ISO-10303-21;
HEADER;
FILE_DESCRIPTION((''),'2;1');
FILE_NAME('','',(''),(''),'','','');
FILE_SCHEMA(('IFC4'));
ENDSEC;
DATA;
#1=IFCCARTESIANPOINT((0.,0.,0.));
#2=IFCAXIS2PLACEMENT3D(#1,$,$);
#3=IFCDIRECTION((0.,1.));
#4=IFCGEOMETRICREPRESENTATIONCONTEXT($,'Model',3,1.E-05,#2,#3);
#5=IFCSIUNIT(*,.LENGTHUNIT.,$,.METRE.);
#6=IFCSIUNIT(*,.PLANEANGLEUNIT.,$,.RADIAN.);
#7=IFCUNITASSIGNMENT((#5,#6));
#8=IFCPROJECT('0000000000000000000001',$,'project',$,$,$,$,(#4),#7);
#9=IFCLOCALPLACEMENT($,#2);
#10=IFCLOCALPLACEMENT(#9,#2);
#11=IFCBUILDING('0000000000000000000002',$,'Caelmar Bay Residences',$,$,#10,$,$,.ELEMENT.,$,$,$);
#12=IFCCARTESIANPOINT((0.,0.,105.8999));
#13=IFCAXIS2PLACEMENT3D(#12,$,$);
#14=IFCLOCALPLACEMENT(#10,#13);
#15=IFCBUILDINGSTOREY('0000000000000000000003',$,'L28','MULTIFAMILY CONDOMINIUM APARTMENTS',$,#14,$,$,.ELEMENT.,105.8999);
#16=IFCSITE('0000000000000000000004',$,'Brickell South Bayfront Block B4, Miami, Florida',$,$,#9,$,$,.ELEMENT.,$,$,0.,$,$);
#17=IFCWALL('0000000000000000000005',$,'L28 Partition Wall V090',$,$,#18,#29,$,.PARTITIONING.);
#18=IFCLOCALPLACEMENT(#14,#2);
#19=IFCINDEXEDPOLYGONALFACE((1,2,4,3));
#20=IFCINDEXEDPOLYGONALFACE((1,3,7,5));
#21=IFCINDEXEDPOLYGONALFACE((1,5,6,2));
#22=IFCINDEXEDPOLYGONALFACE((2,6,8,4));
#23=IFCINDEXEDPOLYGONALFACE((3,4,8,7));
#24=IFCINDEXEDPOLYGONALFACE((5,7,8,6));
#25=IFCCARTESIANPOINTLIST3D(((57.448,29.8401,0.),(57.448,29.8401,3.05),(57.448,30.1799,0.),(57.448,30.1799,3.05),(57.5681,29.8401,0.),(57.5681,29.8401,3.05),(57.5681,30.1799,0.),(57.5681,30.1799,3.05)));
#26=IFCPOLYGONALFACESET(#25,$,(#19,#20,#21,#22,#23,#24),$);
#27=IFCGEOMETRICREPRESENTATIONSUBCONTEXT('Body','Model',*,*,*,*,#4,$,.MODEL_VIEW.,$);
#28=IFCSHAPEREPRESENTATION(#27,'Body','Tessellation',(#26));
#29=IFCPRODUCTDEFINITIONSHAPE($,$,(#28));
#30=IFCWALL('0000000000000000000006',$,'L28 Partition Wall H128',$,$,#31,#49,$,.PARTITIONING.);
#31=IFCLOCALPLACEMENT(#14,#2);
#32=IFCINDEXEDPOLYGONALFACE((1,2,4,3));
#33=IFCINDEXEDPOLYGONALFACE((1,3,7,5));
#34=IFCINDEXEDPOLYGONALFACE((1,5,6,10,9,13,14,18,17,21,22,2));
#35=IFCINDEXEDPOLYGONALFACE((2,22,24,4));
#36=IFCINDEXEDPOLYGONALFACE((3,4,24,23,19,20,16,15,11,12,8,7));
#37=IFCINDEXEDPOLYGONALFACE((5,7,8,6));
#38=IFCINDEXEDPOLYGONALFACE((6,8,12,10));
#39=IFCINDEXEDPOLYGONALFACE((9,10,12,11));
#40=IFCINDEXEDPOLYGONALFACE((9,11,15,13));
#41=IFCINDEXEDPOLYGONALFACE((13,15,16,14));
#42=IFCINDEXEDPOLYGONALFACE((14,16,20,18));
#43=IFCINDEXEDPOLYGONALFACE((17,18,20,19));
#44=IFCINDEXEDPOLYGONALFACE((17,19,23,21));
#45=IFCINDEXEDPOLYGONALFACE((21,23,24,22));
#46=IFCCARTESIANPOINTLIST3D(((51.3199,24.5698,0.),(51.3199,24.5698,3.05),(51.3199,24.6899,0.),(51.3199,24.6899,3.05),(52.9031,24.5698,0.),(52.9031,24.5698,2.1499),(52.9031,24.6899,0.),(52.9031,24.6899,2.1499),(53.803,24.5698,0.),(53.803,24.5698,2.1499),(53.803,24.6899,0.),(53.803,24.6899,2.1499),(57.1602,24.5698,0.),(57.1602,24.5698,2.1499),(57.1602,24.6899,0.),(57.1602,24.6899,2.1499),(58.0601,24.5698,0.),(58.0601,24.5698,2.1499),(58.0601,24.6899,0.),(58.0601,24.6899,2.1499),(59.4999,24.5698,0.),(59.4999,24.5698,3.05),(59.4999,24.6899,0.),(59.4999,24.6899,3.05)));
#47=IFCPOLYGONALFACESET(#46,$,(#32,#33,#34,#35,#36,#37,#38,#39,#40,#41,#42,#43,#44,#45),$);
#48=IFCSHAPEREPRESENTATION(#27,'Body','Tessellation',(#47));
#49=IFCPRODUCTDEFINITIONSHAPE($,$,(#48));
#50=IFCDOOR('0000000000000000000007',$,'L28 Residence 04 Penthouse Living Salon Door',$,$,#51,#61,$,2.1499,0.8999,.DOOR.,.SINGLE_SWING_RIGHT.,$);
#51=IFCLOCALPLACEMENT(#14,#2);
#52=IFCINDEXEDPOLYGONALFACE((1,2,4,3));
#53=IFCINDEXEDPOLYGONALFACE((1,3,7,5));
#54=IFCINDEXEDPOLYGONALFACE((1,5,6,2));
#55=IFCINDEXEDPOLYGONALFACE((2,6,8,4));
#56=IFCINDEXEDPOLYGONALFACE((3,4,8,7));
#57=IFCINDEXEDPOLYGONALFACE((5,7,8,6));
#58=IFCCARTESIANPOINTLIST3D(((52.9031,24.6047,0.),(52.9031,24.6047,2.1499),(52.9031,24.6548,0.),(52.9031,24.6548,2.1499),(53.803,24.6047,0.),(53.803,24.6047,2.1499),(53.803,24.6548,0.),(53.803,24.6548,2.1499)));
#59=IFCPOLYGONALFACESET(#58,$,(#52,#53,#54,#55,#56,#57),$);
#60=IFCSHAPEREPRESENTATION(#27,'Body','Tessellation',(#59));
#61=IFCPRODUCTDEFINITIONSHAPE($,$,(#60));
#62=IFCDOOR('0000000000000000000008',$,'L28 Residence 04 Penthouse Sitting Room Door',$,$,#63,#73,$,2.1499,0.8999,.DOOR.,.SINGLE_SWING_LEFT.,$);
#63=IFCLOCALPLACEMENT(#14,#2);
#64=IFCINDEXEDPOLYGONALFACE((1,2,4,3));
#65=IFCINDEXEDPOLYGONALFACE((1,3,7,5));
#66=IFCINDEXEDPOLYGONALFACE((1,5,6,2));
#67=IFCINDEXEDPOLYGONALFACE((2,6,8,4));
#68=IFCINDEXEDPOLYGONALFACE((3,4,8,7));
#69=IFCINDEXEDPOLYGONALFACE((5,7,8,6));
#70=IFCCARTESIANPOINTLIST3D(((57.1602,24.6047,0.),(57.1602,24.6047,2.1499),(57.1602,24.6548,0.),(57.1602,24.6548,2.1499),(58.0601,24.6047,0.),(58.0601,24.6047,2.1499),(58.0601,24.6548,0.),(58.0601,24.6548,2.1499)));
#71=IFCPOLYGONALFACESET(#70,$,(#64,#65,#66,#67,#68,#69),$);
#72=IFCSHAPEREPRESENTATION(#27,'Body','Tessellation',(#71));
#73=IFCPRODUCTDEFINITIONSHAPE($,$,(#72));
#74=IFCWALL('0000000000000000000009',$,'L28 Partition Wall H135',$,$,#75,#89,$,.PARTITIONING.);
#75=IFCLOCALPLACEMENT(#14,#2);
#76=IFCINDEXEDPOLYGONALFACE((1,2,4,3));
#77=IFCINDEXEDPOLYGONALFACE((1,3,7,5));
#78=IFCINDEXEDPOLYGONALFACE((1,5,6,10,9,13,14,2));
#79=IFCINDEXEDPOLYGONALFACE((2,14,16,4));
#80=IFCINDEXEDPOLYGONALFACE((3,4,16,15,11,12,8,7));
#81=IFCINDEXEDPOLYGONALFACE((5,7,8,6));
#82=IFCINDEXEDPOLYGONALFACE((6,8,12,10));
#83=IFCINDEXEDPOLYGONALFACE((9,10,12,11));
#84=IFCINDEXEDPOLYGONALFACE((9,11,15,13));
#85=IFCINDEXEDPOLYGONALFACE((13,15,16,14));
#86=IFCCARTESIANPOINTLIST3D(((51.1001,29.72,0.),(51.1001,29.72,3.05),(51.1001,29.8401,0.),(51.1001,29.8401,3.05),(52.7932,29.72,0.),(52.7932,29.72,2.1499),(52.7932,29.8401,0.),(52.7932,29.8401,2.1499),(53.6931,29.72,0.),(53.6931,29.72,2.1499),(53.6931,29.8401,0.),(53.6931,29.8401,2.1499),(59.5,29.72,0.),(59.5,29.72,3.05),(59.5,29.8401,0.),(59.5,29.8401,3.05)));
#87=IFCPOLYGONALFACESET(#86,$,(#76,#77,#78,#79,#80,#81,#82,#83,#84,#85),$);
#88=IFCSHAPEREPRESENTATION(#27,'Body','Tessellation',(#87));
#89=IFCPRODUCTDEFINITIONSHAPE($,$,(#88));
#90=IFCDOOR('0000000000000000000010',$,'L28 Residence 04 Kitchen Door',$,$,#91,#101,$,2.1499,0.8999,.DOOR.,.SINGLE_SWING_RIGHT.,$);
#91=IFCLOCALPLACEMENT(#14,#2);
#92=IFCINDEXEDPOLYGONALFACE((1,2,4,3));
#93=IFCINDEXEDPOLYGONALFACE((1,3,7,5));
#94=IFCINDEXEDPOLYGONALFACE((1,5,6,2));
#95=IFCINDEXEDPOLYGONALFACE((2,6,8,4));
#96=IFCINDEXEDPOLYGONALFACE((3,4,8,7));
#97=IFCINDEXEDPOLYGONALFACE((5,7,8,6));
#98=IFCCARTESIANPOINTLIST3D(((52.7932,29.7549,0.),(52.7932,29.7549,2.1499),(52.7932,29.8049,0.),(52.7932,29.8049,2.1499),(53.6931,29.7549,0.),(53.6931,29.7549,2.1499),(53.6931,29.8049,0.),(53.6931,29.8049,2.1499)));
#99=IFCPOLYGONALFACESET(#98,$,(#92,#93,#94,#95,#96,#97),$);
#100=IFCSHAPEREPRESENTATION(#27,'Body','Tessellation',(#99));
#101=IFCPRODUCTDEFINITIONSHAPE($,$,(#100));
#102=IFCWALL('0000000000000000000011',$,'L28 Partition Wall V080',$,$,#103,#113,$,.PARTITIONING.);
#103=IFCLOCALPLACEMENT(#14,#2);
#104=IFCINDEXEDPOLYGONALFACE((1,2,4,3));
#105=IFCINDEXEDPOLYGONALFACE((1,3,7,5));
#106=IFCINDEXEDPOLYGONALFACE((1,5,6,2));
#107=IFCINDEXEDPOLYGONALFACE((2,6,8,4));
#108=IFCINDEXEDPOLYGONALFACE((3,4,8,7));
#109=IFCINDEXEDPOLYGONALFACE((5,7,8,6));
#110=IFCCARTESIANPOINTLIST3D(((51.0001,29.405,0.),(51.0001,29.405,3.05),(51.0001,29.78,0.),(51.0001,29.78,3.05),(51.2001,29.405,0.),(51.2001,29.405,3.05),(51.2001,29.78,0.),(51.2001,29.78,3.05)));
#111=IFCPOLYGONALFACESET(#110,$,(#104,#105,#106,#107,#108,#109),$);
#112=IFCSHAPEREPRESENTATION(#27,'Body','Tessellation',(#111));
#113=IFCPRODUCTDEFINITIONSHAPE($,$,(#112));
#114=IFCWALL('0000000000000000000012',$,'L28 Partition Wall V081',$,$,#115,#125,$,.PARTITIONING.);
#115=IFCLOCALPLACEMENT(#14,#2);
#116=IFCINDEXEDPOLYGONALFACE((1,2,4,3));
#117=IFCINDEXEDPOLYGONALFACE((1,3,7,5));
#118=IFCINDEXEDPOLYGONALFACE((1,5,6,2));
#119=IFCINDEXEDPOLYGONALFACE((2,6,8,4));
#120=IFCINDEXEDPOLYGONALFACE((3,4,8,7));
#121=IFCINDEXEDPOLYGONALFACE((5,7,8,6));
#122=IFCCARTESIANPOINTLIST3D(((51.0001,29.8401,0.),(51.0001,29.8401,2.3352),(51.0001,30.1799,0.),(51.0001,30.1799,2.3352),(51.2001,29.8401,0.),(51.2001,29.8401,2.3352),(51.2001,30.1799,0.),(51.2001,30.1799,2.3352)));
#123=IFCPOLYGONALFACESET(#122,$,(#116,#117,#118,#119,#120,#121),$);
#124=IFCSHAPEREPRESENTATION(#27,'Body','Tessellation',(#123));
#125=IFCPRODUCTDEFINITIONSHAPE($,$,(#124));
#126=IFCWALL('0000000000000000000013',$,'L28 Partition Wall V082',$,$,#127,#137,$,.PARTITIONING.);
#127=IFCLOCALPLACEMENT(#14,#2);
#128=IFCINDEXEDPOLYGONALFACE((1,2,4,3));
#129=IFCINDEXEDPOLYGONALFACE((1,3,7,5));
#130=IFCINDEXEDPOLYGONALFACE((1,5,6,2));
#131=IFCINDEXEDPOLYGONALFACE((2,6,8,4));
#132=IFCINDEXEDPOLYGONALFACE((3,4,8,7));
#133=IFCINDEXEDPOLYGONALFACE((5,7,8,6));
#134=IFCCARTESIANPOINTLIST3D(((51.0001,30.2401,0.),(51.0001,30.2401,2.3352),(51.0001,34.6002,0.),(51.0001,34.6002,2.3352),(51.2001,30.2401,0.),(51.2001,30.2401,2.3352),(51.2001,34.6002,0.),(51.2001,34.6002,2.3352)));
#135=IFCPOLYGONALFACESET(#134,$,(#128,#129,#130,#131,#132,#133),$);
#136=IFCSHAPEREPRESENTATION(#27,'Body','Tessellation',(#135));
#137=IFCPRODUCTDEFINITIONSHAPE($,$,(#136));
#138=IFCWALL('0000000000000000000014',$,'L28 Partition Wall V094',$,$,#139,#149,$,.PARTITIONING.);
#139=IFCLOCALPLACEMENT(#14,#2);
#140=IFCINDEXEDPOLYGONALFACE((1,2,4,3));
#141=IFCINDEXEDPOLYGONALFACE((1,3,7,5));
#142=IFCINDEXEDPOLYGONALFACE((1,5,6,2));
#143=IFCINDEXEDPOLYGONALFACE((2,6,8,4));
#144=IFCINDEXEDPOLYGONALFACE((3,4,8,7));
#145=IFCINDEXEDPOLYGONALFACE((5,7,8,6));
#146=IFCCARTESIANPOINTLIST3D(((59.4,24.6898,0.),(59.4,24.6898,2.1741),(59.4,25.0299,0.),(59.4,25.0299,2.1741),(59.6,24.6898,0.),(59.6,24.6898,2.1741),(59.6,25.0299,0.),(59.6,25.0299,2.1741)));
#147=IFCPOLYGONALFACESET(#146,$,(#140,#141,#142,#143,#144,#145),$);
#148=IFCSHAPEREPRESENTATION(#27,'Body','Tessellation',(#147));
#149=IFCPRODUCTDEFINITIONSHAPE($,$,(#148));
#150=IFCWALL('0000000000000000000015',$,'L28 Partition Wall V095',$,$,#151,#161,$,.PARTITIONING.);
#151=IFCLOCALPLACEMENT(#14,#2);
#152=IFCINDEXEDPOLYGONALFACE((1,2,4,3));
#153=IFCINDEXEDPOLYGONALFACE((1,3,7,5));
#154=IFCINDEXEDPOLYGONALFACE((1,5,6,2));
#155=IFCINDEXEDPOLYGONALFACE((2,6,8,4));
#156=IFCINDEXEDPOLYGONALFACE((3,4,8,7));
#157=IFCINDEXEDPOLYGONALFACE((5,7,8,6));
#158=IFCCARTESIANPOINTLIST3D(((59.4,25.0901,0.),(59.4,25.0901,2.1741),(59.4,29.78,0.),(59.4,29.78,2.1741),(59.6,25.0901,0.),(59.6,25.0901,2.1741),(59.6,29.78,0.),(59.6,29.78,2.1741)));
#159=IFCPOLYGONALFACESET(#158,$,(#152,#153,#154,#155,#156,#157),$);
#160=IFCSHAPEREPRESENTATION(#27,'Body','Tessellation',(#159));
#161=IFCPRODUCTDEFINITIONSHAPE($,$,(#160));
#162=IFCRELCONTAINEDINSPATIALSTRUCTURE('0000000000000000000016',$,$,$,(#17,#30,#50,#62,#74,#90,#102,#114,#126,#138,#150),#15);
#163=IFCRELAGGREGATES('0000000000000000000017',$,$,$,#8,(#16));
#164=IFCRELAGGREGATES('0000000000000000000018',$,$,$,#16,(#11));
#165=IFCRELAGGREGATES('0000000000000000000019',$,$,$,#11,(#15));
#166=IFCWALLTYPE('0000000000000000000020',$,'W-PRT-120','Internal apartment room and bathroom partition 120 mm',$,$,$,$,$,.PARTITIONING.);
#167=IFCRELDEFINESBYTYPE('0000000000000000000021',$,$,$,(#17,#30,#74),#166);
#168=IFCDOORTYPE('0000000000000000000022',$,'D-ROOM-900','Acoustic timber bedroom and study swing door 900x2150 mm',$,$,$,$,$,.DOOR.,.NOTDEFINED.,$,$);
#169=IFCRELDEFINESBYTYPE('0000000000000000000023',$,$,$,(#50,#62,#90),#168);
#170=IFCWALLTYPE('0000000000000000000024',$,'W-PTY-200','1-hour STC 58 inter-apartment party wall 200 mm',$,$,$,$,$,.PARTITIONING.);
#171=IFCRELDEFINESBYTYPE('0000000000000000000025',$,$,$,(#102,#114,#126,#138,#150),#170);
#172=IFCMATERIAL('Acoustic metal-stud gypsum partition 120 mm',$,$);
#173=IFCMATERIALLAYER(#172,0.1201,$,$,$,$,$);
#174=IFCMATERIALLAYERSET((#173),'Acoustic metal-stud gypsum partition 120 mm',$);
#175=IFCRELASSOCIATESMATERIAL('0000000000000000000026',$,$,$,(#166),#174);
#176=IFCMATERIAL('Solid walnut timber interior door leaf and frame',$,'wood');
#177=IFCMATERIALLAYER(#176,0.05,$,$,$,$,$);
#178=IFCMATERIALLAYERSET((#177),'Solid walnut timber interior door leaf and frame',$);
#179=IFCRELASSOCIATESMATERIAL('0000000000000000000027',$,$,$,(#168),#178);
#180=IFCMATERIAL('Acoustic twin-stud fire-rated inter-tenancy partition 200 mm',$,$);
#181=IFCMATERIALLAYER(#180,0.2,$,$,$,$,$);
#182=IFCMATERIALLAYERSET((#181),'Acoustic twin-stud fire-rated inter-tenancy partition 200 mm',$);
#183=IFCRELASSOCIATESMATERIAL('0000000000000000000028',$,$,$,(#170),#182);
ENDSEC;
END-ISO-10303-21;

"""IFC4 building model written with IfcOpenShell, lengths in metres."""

from ifc_helpers import new_model, si_unit, direction, frame, frame_2d, origin, place, context, subcontext, project, spatial, rectangle, extrude, material, layer, layer_set, type_object, element, fill, save


model = new_model("IFC4")

# Units and contexts
model_context = context("Model", 3, precision=1e-05, world=origin(), true_north=direction((0.0, 1.0)))
body_context = subcontext(model_context, "Body", "Model", "MODEL_VIEW")
ifc_project = project(units=[si_unit("LENGTHUNIT", "METRE"), si_unit("PLANEANGLEUNIT", "RADIAN")], contexts=[model_context])

# Site, building, storey
site_placement = place(None, origin())
site = spatial("IfcSite", under=ifc_project, at=site_placement, Name="Brickell South Bayfront Block B4, Miami, Florida", CompositionType="ELEMENT", RefElevation=0.0)
building_placement = place(site_placement, origin())
building = spatial("IfcBuilding", under=site, at=building_placement, Name="Caelmar Bay Residences", CompositionType="ELEMENT")
storey_placement = place(building_placement, frame((0.0, 0.0, 105.8999)))
storey = spatial("IfcBuildingStorey", under=building, at=storey_placement, Name="L28", Description="MULTIFAMILY CONDOMINIUM APARTMENTS", CompositionType="ELEMENT", Elevation=105.8999)

# Shared definitions
ifc_material_1 = material(Name="Acoustic metal-stud gypsum partition 120 mm")
ifc_layer_1 = layer(ifc_material_1, 0.1201)
ifc_layer_set_1 = layer_set([ifc_layer_1], Name="Acoustic metal-stud gypsum partition 120 mm")
wall_type_1 = type_object("IfcWallType", Name="W-PRT-120", Description="Internal apartment room and bathroom partition 120 mm", PredefinedType="PARTITIONING", material=ifc_layer_set_1)

# Shared definitions
ifc_material_2 = material(Name="Solid walnut timber interior door leaf and frame", Category="wood")
ifc_layer_2 = layer(ifc_material_2, 0.05)
ifc_layer_set_2 = layer_set([ifc_layer_2], Name="Solid walnut timber interior door leaf and frame")
door_type = type_object("IfcDoorType", Name="D-ROOM-900", Description="Acoustic timber bedroom and study swing door 900x2150 mm", OperationType="NOTDEFINED", PredefinedType="DOOR", material=ifc_layer_set_2)

# Wall
wall_1_placement = place(storey_placement, frame((57.5081, 29.8401, 0.0), z_axis=(0.0, 0.0, 1.0), x_axis=(0.0, 1.0, 0.0)))
element("IfcWall", 1, at=wall_1_placement, inside=storey, type_object=wall_type_1, Name="L28 Partition Wall V090", PredefinedType="PARTITIONING", context=body_context, shape_type="SweptSolid", body=[
    extrude(rectangle(XDim=0.3398, YDim=0.1201, at=frame_2d((0.1699, 0.0))), origin(), (0.0, 0.0, 1.0), 3.05),
])

# Wall, openings, doors
wall_2_placement = place(storey_placement, frame((51.3201, 24.6299, 0.0), z_axis=(0.0, 0.0, 1.0), x_axis=(1.0, 0.0, 0.0)))
wall_2 = element("IfcWall", 2, at=wall_2_placement, inside=storey, type_object=wall_type_1, Name="L28 Partition Wall H128", PredefinedType="PARTITIONING", context=body_context, shape_type="SweptSolid", body=[
    extrude(rectangle(XDim=8.1799, YDim=0.1201, at=frame_2d((4.0898, 0.0))), origin(), (0.0, 0.0, 1.0), 3.05),
])
opening_1_placement = place(wall_2_placement, frame((1.583, 0.0, 0.0)))
opening_1 = element("IfcOpeningElement", 3, at=opening_1_placement, cuts=wall_2, PredefinedType="OPENING", context=body_context, shape_type="SweptSolid", body=[
    extrude(rectangle(XDim=0.8999, YDim=2.1499, at=frame_2d((0.45, 1.075))), frame((0.0, 0.0701, 0.0), z_axis=(0.0, -1.0, 0.0), x_axis=(1.0, 0.0, 0.0)), (0.0, 0.0, 1.0), 0.1401),
])
opening_2_placement = place(wall_2_placement, frame((5.8401, 0.0, 0.0)))
opening_2 = element("IfcOpeningElement", 4, at=opening_2_placement, cuts=wall_2, PredefinedType="OPENING", context=body_context, shape_type="SweptSolid", body=[
    extrude(rectangle(XDim=0.8999, YDim=2.1499, at=frame_2d((0.45, 1.075))), frame((0.0, 0.0701, 0.0), z_axis=(0.0, -1.0, 0.0), x_axis=(1.0, 0.0, 0.0)), (0.0, 0.0, 1.0), 0.1401),
])
door_1_placement = place(opening_1_placement, origin())
door_1 = element("IfcDoor", 5, at=door_1_placement, inside=storey, type_object=door_type, Name="L28 Residence 04 Penthouse Living Salon Door", OperationType="SINGLE_SWING_RIGHT", OverallHeight=2.1499, OverallWidth=0.8999, PredefinedType="DOOR", context=body_context, shape_type="SweptSolid", body=[
    extrude(rectangle(XDim=0.8999, YDim=2.1499, at=frame_2d((0.45, 1.075))), frame((0.0, 0.0249, 0.0), z_axis=(0.0, -1.0, 0.0), x_axis=(1.0, 0.0, 0.0)), (0.0, 0.0, 1.0), 0.05),
])
fill(opening_1, door_1)
door_2_placement = place(opening_2_placement, origin())
door_2 = element("IfcDoor", 6, at=door_2_placement, inside=storey, type_object=door_type, Name="L28 Residence 04 Penthouse Sitting Room Door", OperationType="SINGLE_SWING_LEFT", OverallHeight=2.1499, OverallWidth=0.8999, PredefinedType="DOOR", context=body_context, shape_type="SweptSolid", body=[
    extrude(rectangle(XDim=0.8999, YDim=2.1499, at=frame_2d((0.45, 1.075))), frame((0.0, 0.0249, 0.0), z_axis=(0.0, -1.0, 0.0), x_axis=(1.0, 0.0, 0.0)), (0.0, 0.0, 1.0), 0.05),
])
fill(opening_2, door_2)

# Wall, opening, door
wall_3_placement = place(storey_placement, frame((51.1001, 29.78, 0.0), z_axis=(0.0, 0.0, 1.0), x_axis=(1.0, 0.0, 0.0)))
wall_3 = element("IfcWall", 7, at=wall_3_placement, inside=storey, type_object=wall_type_1, Name="L28 Partition Wall H135", PredefinedType="PARTITIONING", context=body_context, shape_type="SweptSolid", body=[
    extrude(rectangle(XDim=8.3999, YDim=0.1201, at=frame_2d((4.2, 0.0))), origin(), (0.0, 0.0, 1.0), 3.05),
])
opening_3_placement = place(wall_3_placement, frame((1.6931, 0.0, 0.0)))
opening_3 = element("IfcOpeningElement", 8, at=opening_3_placement, cuts=wall_3, PredefinedType="OPENING", context=body_context, shape_type="SweptSolid", body=[
    extrude(rectangle(XDim=0.8999, YDim=2.1499, at=frame_2d((0.45, 1.075))), frame((0.0, 0.0701, 0.0), z_axis=(0.0, -1.0, 0.0), x_axis=(1.0, 0.0, 0.0)), (0.0, 0.0, 1.0), 0.1401),
])
door_3_placement = place(opening_3_placement, origin())
door_3 = element("IfcDoor", 9, at=door_3_placement, inside=storey, type_object=door_type, Name="L28 Residence 04 Kitchen Door", OperationType="SINGLE_SWING_RIGHT", OverallHeight=2.1499, OverallWidth=0.8999, PredefinedType="DOOR", context=body_context, shape_type="SweptSolid", body=[
    extrude(rectangle(XDim=0.8999, YDim=2.1499, at=frame_2d((0.45, 1.075))), frame((0.0, 0.0249, 0.0), z_axis=(0.0, -1.0, 0.0), x_axis=(1.0, 0.0, 0.0)), (0.0, 0.0, 1.0), 0.05),
])
fill(opening_3, door_3)

# Walls
ifc_material_3 = material(Name="Acoustic twin-stud fire-rated inter-tenancy partition 200 mm")
ifc_layer_3 = layer(ifc_material_3, 0.2)
ifc_layer_set_3 = layer_set([ifc_layer_3], Name="Acoustic twin-stud fire-rated inter-tenancy partition 200 mm")
wall_type_2 = type_object("IfcWallType", Name="W-PTY-200", Description="1-hour STC 58 inter-apartment party wall 200 mm", PredefinedType="PARTITIONING", material=ifc_layer_set_3)
wall_4_placement = place(storey_placement, frame((51.1001, 29.405, 0.0), z_axis=(0.0, 0.0, 1.0), x_axis=(0.0, 1.0, 0.0)))
element("IfcWall", 10, at=wall_4_placement, inside=storey, type_object=wall_type_2, Name="L28 Partition Wall V080", PredefinedType="PARTITIONING", context=body_context, shape_type="SweptSolid", body=[
    extrude(rectangle(XDim=0.375, YDim=0.2, at=frame_2d((0.1875, 0.0))), origin(), (0.0, 0.0, 1.0), 3.05),
])
wall_5_placement = place(storey_placement, frame((51.1001, 29.8401, 0.0), z_axis=(0.0, 0.0, 1.0), x_axis=(0.0, 1.0, 0.0)))
element("IfcWall", 11, at=wall_5_placement, inside=storey, type_object=wall_type_2, Name="L28 Partition Wall V081", PredefinedType="PARTITIONING", context=body_context, shape_type="SweptSolid", body=[
    extrude(rectangle(XDim=0.3398, YDim=0.2, at=frame_2d((0.1699, 0.0))), origin(), (0.0, 0.0, 1.0), 2.3352),
])
wall_6_placement = place(storey_placement, frame((51.1001, 30.24, 0.0), z_axis=(0.0, 0.0, 1.0), x_axis=(0.0, 1.0, 0.0)))
element("IfcWall", 12, at=wall_6_placement, inside=storey, type_object=wall_type_2, Name="L28 Partition Wall V082", PredefinedType="PARTITIONING", context=body_context, shape_type="SweptSolid", body=[
    extrude(rectangle(XDim=4.3601, YDim=0.2, at=frame_2d((2.1802, 0.0))), origin(), (0.0, 0.0, 1.0), 2.3352),
])
wall_7_placement = place(storey_placement, frame((59.5, 24.6899, 0.0), z_axis=(0.0, 0.0, 1.0), x_axis=(0.0, 1.0, 0.0)))
element("IfcWall", 13, at=wall_7_placement, inside=storey, type_object=wall_type_2, Name="L28 Partition Wall V094", PredefinedType="PARTITIONING", context=body_context, shape_type="SweptSolid", body=[
    extrude(rectangle(XDim=0.3401, YDim=0.2, at=frame_2d((0.1699, 0.0))), origin(), (0.0, 0.0, 1.0), 2.1741),
])
wall_8_placement = place(storey_placement, frame((59.5, 25.0901, 0.0), z_axis=(0.0, 0.0, 1.0), x_axis=(0.0, 1.0, 0.0)))
element("IfcWall", 14, at=wall_8_placement, inside=storey, type_object=wall_type_2, Name="L28 Partition Wall V095", PredefinedType="PARTITIONING", context=body_context, shape_type="SweptSolid", body=[
    extrude(rectangle(XDim=4.6899, YDim=0.2, at=frame_2d((2.345, 0.0))), origin(), (0.0, 0.0, 1.0), 2.1741),
])

save(model, "model.ifc")
